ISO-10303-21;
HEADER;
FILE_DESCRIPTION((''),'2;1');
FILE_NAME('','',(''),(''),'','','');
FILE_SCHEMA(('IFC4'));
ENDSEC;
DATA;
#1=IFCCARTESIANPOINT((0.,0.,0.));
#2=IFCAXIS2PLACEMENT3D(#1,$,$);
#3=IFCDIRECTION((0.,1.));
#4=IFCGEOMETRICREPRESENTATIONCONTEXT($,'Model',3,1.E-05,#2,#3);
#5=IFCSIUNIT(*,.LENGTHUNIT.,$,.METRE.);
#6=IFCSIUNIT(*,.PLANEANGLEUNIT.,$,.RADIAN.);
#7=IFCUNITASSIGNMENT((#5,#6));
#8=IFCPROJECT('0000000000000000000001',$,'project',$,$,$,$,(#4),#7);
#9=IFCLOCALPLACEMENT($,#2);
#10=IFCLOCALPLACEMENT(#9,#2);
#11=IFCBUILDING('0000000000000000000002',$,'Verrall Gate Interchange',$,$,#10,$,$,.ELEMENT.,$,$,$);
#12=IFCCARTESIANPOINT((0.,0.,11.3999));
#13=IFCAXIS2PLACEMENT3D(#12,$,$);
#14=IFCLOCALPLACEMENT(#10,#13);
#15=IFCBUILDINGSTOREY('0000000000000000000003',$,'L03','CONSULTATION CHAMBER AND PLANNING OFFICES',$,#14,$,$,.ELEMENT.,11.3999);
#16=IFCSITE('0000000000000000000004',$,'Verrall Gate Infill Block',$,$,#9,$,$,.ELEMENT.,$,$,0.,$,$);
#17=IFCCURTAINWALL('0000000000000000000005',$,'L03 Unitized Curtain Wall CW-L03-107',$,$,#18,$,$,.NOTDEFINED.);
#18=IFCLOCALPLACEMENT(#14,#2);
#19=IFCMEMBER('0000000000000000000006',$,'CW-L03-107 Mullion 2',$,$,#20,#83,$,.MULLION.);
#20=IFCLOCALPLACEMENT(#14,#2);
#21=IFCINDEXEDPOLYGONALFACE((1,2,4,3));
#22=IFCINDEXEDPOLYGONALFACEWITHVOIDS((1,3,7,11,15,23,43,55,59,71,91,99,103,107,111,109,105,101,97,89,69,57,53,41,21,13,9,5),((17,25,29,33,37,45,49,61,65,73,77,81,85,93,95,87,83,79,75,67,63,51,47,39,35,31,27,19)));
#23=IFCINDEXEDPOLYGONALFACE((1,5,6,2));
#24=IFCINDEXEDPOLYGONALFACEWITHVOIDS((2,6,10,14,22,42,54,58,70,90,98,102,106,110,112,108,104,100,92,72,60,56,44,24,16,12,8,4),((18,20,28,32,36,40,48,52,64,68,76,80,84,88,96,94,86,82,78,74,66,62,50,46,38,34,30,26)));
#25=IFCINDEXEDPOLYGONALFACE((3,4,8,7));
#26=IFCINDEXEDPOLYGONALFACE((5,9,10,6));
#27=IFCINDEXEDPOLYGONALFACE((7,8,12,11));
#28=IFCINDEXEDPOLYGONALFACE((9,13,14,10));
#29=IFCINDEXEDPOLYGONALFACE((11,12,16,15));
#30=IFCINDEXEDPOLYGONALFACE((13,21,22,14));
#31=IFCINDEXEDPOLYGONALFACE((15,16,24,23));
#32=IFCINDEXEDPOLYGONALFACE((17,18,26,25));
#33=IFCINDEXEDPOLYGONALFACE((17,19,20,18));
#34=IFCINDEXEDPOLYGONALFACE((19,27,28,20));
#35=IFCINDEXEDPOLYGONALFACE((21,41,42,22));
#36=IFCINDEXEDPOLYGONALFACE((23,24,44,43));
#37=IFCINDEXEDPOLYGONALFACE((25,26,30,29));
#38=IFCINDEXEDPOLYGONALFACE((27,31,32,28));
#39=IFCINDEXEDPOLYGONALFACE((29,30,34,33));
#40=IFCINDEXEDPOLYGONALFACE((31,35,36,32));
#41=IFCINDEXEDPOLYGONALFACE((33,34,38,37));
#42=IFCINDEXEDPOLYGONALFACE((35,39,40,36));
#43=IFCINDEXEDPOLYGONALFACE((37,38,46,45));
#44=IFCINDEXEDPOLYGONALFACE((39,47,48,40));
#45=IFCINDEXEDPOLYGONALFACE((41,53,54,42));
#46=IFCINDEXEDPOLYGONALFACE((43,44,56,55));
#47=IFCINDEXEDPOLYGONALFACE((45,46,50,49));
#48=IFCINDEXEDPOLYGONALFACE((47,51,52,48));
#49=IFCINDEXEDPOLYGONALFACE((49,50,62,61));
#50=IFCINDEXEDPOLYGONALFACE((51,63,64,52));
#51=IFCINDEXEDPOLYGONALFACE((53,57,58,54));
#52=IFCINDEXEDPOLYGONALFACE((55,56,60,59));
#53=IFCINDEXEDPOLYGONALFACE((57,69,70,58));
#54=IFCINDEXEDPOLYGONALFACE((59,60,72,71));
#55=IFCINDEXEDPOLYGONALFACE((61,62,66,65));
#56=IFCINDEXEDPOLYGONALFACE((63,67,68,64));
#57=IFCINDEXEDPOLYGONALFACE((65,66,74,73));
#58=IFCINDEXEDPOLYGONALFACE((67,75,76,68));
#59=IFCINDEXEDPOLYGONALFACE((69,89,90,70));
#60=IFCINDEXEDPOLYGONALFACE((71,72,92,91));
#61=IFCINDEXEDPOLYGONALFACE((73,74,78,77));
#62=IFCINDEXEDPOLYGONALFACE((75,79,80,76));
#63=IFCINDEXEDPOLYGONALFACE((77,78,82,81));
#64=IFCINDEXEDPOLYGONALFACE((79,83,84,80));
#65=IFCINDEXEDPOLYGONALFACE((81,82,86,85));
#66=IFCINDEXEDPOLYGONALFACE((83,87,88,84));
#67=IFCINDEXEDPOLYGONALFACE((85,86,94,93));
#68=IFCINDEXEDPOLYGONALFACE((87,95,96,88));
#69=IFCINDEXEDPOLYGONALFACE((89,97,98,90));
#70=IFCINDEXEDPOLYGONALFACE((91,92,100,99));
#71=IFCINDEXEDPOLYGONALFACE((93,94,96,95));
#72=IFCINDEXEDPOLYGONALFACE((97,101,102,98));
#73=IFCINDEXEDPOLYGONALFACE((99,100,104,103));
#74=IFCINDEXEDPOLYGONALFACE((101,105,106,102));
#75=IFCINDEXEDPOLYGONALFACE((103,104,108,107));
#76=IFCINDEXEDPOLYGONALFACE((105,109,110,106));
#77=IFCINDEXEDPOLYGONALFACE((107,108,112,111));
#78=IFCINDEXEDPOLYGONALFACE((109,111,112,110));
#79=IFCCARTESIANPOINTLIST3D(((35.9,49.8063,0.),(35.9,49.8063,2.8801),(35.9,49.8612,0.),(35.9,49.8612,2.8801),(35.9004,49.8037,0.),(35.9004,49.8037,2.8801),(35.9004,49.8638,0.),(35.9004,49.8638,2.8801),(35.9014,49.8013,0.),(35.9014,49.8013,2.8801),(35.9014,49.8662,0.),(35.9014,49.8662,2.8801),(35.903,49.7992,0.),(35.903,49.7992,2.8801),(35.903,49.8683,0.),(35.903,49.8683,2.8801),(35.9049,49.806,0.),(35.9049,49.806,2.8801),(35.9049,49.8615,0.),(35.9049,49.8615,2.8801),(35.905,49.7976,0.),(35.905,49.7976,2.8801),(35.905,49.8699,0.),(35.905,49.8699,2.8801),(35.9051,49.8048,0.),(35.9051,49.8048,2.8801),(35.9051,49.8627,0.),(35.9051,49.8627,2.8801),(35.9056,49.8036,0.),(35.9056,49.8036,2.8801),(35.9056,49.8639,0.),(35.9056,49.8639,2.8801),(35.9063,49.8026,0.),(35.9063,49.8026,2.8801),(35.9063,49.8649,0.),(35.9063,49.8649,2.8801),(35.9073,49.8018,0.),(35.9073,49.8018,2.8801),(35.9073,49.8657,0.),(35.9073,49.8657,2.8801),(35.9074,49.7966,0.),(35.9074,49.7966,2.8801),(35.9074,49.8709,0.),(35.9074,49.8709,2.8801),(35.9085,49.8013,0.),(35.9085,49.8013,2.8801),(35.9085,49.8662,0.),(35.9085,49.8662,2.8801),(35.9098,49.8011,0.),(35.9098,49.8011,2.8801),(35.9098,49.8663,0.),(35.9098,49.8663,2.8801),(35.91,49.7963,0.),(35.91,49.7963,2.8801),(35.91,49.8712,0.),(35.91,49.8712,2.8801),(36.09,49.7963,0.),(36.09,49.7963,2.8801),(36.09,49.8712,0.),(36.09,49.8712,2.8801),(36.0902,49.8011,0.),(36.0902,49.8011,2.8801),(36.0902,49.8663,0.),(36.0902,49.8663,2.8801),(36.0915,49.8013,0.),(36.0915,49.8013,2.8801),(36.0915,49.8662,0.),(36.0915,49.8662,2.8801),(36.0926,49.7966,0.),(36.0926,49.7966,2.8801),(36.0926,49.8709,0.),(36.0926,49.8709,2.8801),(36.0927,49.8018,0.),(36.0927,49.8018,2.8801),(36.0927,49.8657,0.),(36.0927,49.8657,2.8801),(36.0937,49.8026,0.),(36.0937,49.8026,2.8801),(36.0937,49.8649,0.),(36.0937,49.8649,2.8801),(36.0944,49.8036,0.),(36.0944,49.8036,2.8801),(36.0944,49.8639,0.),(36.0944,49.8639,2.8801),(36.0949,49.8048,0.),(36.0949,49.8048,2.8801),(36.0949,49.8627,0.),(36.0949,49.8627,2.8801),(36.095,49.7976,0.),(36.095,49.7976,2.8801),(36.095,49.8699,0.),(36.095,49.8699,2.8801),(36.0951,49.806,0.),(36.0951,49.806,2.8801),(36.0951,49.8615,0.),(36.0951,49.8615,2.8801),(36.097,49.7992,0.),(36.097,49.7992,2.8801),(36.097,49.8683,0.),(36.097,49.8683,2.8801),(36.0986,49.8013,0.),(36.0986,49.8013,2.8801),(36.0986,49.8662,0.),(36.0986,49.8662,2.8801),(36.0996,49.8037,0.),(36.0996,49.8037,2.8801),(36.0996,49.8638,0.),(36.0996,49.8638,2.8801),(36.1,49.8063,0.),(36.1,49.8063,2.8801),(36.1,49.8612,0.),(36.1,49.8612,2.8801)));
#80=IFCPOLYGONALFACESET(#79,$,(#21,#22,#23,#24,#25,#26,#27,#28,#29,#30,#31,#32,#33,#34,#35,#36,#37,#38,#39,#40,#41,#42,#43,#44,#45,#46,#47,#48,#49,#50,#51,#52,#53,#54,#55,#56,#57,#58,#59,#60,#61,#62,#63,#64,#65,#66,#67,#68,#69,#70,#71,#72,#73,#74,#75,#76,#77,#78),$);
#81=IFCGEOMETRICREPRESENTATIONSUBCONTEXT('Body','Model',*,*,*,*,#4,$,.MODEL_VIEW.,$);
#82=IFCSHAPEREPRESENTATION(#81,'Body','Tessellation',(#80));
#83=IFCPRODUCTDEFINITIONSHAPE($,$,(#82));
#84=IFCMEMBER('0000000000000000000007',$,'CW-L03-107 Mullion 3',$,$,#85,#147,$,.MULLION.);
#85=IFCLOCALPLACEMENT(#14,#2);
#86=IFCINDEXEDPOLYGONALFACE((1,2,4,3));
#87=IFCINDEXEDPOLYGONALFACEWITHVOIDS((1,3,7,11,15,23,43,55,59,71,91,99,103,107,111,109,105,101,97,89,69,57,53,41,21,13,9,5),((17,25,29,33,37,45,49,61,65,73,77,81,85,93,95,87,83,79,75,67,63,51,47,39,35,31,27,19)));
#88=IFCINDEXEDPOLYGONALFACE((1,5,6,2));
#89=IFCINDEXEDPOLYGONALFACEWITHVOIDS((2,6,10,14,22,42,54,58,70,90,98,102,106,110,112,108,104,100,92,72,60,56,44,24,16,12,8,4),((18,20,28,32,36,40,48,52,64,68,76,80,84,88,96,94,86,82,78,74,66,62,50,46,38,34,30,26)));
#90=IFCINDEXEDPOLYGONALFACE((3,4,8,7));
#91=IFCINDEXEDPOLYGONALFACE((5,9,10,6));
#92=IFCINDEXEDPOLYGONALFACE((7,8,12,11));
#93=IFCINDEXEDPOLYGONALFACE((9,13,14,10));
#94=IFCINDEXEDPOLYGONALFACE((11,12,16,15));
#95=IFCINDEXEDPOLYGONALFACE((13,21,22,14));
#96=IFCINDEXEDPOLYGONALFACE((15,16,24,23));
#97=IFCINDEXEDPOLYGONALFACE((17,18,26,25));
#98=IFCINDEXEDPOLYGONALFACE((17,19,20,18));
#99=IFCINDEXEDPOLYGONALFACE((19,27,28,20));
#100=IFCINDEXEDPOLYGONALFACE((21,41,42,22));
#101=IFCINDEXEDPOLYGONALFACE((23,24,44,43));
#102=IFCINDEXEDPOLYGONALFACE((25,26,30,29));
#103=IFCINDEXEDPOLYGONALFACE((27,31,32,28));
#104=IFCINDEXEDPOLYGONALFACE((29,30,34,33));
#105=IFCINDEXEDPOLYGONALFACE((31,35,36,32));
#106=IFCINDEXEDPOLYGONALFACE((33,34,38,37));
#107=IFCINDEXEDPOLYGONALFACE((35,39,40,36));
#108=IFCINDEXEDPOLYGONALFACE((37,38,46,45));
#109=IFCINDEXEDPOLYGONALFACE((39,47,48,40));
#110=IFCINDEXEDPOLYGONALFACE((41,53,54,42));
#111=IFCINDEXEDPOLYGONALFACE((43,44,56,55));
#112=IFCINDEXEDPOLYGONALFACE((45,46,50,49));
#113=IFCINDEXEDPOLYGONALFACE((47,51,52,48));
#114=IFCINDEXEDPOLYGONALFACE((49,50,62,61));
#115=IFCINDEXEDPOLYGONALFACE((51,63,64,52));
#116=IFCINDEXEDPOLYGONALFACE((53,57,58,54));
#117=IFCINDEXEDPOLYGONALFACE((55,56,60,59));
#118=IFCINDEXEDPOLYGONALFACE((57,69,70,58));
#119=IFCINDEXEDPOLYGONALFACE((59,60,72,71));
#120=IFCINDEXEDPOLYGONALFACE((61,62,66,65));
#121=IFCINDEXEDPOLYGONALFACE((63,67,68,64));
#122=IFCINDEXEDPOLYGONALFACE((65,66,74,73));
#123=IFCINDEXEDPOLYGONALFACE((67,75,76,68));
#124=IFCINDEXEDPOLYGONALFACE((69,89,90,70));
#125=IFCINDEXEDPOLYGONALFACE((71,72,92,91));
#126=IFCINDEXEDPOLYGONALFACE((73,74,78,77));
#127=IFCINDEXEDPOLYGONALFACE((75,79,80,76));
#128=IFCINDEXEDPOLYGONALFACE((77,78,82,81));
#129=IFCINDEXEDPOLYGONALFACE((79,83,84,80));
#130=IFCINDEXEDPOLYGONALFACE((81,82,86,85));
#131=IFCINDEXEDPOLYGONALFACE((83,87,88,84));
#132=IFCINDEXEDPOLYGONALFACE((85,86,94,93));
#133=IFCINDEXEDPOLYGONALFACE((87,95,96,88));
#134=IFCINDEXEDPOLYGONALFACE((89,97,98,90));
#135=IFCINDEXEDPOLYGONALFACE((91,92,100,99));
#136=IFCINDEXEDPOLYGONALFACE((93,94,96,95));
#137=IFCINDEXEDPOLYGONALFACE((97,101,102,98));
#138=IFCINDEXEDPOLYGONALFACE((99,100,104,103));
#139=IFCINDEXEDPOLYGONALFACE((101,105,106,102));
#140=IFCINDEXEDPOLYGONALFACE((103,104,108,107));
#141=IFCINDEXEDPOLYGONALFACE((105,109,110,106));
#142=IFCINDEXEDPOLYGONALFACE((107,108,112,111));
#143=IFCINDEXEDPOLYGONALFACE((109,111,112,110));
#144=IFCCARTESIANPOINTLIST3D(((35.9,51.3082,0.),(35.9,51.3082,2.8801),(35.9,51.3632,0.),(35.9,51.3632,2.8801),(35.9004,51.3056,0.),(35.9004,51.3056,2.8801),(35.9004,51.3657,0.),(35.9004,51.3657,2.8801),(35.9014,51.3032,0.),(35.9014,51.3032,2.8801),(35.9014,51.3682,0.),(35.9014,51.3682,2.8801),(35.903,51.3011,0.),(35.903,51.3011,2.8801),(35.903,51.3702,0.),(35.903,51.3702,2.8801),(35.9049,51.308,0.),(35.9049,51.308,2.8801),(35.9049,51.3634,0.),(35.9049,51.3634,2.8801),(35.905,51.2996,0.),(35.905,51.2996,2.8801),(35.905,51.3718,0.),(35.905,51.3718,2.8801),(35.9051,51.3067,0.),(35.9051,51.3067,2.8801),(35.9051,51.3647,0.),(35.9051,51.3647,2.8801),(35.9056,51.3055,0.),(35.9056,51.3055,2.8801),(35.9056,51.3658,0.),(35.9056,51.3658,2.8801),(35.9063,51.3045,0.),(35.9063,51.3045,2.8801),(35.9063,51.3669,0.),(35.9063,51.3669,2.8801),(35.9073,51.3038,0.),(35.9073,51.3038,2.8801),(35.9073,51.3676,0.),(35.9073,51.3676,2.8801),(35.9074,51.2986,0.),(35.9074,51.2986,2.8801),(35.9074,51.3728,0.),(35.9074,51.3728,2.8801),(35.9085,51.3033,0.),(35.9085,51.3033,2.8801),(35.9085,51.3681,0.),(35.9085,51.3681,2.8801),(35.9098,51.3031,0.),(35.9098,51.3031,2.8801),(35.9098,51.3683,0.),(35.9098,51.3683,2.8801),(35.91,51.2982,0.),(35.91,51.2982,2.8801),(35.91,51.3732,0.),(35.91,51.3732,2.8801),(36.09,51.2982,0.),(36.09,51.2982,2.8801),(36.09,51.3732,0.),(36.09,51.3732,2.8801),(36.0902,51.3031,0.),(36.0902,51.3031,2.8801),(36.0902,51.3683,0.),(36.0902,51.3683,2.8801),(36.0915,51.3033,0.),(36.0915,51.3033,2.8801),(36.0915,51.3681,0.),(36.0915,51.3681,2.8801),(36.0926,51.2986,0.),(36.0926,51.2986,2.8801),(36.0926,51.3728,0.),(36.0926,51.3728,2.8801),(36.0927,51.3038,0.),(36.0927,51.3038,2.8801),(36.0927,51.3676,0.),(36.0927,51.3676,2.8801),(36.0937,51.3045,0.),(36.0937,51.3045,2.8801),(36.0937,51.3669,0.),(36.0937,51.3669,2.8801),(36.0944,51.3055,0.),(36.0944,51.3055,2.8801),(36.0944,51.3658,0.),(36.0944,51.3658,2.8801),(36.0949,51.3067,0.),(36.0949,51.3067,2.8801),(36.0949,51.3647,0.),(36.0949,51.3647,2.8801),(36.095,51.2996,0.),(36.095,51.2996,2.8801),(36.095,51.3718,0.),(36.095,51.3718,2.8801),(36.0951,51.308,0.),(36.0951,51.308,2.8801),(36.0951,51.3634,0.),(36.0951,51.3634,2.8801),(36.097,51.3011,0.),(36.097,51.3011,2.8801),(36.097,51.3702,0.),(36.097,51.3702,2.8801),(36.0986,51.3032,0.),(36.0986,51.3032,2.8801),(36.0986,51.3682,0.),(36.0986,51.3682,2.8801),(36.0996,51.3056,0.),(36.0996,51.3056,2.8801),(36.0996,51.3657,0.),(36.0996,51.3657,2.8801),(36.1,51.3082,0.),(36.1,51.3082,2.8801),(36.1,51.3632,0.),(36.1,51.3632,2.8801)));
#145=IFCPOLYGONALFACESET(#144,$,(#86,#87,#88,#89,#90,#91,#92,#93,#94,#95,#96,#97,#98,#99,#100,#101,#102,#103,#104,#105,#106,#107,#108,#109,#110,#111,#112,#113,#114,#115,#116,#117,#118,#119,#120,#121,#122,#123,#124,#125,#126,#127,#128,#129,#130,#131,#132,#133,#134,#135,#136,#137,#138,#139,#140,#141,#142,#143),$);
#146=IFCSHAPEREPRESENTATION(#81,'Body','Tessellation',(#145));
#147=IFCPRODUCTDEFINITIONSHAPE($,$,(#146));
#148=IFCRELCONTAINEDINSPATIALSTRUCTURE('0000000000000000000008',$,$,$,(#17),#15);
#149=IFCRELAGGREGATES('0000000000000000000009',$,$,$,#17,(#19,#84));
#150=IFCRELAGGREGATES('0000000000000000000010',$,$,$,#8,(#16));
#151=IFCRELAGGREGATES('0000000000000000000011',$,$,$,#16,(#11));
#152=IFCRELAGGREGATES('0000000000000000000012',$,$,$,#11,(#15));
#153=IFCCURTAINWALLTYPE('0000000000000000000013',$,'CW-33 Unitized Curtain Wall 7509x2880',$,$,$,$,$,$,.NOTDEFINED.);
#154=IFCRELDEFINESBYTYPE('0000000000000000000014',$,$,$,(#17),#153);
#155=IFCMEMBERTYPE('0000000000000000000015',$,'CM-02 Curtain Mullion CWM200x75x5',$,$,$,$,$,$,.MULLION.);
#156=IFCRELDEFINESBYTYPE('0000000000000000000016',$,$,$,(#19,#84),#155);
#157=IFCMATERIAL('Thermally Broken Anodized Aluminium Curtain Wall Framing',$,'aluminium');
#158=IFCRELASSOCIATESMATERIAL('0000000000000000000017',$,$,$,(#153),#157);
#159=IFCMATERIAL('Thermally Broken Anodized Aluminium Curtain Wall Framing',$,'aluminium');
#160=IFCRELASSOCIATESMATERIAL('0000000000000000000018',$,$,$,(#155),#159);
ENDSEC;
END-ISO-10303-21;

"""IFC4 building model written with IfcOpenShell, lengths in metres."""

from ifc_helpers import new_model, si_unit, direction, frame, origin, origin_2d, place, context, subcontext, project, spatial, hollow_rectangle, extrude, material, material_profile, profile_set, type_object, element, aggregate, save


model = new_model("IFC4")

# Units and contexts
model_context = context("Model", 3, precision=1e-05, world=origin(), true_north=direction((0.0, 1.0)))
body_context = subcontext(model_context, "Body", "Model", "MODEL_VIEW")
ifc_project = project(units=[si_unit("LENGTHUNIT", "METRE"), si_unit("PLANEANGLEUNIT", "RADIAN")], contexts=[model_context])

# Site, building, storey
site_placement = place(None, origin())
site = spatial("IfcSite", under=ifc_project, at=site_placement, Name="Verrall Gate Infill Block", CompositionType="ELEMENT", RefElevation=0.0)
building_placement = place(site_placement, origin())
building = spatial("IfcBuilding", under=site, at=building_placement, Name="Verrall Gate Interchange", CompositionType="ELEMENT")
storey_placement = place(building_placement, frame((0.0, 0.0, 11.3999)))
storey = spatial("IfcBuildingStorey", under=building, at=storey_placement, Name="L03", Description="CONSULTATION CHAMBER AND PLANNING OFFICES", CompositionType="ELEMENT", Elevation=11.3999)

# Curtain wall, members
ifc_material_1 = material(Name="Thermally Broken Anodized Aluminium Curtain Wall Framing", Category="aluminium")
curtain_wall_type = type_object("IfcCurtainWallType", Name="CW-33 Unitized Curtain Wall 7509x2880", PredefinedType="NOTDEFINED", material=ifc_material_1)
curtain_wall_placement = place(storey_placement, origin())
curtain_wall = element("IfcCurtainWall", 1, at=curtain_wall_placement, inside=storey, type_object=curtain_wall_type, Name="L03 Unitized Curtain Wall CW-L03-107", PredefinedType="NOTDEFINED")
ifc_material_2 = material(Name="Thermally Broken Anodized Aluminium Curtain Wall Framing", Category="aluminium")
ifc_material_profile_1 = material_profile(ifc_material_2, hollow_rectangle(XDim=0.075, YDim=0.2, WallThickness=0.0049, InnerFilletRadius=0.0049, OuterFilletRadius=0.01, at=origin_2d()), Name="CWM200x75x5")
ifc_profile_set_1 = profile_set([ifc_material_profile_1], Name="Thermally Broken Anodized Aluminium Curtain Wall Framing")
member_type_1 = type_object("IfcMemberType", Name="CM-02 Curtain Mullion CWM200x75x5", PredefinedType="MULLION", material=ifc_profile_set_1)
member_1_placement = place(storey_placement, frame((36.0, 49.8337, 0.0), z_axis=(0.0, 0.0, 1.0), x_axis=(0.0, 1.0, 0.0)))
member_1 = element("IfcMember", 2, at=member_1_placement, type_object=member_type_1, Name="CW-L03-107 Mullion 2", PredefinedType="MULLION", context=body_context, shape_type="SweptSolid", body=[
    extrude(hollow_rectangle(XDim=0.075, YDim=0.2, WallThickness=0.0049, InnerFilletRadius=0.0049, OuterFilletRadius=0.01, at=origin_2d()), origin(), (0.0, 0.0, 1.0), 2.8801),
])
member_2_placement = place(storey_placement, frame((36.0, 51.3357, 0.0), z_axis=(0.0, 0.0, 1.0), x_axis=(0.0, 1.0, 0.0)))
member_2 = element("IfcMember", 3, at=member_2_placement, type_object=member_type_1, Name="CW-L03-107 Mullion 3", PredefinedType="MULLION", context=body_context, shape_type="SweptSolid", body=[
    extrude(hollow_rectangle(XDim=0.075, YDim=0.2, WallThickness=0.0049, InnerFilletRadius=0.0049, OuterFilletRadius=0.01, at=origin_2d()), origin(), (0.0, 0.0, 1.0), 2.8801),
])

aggregate(curtain_wall, [member_1, member_2])

save(model, "model.ifc")
